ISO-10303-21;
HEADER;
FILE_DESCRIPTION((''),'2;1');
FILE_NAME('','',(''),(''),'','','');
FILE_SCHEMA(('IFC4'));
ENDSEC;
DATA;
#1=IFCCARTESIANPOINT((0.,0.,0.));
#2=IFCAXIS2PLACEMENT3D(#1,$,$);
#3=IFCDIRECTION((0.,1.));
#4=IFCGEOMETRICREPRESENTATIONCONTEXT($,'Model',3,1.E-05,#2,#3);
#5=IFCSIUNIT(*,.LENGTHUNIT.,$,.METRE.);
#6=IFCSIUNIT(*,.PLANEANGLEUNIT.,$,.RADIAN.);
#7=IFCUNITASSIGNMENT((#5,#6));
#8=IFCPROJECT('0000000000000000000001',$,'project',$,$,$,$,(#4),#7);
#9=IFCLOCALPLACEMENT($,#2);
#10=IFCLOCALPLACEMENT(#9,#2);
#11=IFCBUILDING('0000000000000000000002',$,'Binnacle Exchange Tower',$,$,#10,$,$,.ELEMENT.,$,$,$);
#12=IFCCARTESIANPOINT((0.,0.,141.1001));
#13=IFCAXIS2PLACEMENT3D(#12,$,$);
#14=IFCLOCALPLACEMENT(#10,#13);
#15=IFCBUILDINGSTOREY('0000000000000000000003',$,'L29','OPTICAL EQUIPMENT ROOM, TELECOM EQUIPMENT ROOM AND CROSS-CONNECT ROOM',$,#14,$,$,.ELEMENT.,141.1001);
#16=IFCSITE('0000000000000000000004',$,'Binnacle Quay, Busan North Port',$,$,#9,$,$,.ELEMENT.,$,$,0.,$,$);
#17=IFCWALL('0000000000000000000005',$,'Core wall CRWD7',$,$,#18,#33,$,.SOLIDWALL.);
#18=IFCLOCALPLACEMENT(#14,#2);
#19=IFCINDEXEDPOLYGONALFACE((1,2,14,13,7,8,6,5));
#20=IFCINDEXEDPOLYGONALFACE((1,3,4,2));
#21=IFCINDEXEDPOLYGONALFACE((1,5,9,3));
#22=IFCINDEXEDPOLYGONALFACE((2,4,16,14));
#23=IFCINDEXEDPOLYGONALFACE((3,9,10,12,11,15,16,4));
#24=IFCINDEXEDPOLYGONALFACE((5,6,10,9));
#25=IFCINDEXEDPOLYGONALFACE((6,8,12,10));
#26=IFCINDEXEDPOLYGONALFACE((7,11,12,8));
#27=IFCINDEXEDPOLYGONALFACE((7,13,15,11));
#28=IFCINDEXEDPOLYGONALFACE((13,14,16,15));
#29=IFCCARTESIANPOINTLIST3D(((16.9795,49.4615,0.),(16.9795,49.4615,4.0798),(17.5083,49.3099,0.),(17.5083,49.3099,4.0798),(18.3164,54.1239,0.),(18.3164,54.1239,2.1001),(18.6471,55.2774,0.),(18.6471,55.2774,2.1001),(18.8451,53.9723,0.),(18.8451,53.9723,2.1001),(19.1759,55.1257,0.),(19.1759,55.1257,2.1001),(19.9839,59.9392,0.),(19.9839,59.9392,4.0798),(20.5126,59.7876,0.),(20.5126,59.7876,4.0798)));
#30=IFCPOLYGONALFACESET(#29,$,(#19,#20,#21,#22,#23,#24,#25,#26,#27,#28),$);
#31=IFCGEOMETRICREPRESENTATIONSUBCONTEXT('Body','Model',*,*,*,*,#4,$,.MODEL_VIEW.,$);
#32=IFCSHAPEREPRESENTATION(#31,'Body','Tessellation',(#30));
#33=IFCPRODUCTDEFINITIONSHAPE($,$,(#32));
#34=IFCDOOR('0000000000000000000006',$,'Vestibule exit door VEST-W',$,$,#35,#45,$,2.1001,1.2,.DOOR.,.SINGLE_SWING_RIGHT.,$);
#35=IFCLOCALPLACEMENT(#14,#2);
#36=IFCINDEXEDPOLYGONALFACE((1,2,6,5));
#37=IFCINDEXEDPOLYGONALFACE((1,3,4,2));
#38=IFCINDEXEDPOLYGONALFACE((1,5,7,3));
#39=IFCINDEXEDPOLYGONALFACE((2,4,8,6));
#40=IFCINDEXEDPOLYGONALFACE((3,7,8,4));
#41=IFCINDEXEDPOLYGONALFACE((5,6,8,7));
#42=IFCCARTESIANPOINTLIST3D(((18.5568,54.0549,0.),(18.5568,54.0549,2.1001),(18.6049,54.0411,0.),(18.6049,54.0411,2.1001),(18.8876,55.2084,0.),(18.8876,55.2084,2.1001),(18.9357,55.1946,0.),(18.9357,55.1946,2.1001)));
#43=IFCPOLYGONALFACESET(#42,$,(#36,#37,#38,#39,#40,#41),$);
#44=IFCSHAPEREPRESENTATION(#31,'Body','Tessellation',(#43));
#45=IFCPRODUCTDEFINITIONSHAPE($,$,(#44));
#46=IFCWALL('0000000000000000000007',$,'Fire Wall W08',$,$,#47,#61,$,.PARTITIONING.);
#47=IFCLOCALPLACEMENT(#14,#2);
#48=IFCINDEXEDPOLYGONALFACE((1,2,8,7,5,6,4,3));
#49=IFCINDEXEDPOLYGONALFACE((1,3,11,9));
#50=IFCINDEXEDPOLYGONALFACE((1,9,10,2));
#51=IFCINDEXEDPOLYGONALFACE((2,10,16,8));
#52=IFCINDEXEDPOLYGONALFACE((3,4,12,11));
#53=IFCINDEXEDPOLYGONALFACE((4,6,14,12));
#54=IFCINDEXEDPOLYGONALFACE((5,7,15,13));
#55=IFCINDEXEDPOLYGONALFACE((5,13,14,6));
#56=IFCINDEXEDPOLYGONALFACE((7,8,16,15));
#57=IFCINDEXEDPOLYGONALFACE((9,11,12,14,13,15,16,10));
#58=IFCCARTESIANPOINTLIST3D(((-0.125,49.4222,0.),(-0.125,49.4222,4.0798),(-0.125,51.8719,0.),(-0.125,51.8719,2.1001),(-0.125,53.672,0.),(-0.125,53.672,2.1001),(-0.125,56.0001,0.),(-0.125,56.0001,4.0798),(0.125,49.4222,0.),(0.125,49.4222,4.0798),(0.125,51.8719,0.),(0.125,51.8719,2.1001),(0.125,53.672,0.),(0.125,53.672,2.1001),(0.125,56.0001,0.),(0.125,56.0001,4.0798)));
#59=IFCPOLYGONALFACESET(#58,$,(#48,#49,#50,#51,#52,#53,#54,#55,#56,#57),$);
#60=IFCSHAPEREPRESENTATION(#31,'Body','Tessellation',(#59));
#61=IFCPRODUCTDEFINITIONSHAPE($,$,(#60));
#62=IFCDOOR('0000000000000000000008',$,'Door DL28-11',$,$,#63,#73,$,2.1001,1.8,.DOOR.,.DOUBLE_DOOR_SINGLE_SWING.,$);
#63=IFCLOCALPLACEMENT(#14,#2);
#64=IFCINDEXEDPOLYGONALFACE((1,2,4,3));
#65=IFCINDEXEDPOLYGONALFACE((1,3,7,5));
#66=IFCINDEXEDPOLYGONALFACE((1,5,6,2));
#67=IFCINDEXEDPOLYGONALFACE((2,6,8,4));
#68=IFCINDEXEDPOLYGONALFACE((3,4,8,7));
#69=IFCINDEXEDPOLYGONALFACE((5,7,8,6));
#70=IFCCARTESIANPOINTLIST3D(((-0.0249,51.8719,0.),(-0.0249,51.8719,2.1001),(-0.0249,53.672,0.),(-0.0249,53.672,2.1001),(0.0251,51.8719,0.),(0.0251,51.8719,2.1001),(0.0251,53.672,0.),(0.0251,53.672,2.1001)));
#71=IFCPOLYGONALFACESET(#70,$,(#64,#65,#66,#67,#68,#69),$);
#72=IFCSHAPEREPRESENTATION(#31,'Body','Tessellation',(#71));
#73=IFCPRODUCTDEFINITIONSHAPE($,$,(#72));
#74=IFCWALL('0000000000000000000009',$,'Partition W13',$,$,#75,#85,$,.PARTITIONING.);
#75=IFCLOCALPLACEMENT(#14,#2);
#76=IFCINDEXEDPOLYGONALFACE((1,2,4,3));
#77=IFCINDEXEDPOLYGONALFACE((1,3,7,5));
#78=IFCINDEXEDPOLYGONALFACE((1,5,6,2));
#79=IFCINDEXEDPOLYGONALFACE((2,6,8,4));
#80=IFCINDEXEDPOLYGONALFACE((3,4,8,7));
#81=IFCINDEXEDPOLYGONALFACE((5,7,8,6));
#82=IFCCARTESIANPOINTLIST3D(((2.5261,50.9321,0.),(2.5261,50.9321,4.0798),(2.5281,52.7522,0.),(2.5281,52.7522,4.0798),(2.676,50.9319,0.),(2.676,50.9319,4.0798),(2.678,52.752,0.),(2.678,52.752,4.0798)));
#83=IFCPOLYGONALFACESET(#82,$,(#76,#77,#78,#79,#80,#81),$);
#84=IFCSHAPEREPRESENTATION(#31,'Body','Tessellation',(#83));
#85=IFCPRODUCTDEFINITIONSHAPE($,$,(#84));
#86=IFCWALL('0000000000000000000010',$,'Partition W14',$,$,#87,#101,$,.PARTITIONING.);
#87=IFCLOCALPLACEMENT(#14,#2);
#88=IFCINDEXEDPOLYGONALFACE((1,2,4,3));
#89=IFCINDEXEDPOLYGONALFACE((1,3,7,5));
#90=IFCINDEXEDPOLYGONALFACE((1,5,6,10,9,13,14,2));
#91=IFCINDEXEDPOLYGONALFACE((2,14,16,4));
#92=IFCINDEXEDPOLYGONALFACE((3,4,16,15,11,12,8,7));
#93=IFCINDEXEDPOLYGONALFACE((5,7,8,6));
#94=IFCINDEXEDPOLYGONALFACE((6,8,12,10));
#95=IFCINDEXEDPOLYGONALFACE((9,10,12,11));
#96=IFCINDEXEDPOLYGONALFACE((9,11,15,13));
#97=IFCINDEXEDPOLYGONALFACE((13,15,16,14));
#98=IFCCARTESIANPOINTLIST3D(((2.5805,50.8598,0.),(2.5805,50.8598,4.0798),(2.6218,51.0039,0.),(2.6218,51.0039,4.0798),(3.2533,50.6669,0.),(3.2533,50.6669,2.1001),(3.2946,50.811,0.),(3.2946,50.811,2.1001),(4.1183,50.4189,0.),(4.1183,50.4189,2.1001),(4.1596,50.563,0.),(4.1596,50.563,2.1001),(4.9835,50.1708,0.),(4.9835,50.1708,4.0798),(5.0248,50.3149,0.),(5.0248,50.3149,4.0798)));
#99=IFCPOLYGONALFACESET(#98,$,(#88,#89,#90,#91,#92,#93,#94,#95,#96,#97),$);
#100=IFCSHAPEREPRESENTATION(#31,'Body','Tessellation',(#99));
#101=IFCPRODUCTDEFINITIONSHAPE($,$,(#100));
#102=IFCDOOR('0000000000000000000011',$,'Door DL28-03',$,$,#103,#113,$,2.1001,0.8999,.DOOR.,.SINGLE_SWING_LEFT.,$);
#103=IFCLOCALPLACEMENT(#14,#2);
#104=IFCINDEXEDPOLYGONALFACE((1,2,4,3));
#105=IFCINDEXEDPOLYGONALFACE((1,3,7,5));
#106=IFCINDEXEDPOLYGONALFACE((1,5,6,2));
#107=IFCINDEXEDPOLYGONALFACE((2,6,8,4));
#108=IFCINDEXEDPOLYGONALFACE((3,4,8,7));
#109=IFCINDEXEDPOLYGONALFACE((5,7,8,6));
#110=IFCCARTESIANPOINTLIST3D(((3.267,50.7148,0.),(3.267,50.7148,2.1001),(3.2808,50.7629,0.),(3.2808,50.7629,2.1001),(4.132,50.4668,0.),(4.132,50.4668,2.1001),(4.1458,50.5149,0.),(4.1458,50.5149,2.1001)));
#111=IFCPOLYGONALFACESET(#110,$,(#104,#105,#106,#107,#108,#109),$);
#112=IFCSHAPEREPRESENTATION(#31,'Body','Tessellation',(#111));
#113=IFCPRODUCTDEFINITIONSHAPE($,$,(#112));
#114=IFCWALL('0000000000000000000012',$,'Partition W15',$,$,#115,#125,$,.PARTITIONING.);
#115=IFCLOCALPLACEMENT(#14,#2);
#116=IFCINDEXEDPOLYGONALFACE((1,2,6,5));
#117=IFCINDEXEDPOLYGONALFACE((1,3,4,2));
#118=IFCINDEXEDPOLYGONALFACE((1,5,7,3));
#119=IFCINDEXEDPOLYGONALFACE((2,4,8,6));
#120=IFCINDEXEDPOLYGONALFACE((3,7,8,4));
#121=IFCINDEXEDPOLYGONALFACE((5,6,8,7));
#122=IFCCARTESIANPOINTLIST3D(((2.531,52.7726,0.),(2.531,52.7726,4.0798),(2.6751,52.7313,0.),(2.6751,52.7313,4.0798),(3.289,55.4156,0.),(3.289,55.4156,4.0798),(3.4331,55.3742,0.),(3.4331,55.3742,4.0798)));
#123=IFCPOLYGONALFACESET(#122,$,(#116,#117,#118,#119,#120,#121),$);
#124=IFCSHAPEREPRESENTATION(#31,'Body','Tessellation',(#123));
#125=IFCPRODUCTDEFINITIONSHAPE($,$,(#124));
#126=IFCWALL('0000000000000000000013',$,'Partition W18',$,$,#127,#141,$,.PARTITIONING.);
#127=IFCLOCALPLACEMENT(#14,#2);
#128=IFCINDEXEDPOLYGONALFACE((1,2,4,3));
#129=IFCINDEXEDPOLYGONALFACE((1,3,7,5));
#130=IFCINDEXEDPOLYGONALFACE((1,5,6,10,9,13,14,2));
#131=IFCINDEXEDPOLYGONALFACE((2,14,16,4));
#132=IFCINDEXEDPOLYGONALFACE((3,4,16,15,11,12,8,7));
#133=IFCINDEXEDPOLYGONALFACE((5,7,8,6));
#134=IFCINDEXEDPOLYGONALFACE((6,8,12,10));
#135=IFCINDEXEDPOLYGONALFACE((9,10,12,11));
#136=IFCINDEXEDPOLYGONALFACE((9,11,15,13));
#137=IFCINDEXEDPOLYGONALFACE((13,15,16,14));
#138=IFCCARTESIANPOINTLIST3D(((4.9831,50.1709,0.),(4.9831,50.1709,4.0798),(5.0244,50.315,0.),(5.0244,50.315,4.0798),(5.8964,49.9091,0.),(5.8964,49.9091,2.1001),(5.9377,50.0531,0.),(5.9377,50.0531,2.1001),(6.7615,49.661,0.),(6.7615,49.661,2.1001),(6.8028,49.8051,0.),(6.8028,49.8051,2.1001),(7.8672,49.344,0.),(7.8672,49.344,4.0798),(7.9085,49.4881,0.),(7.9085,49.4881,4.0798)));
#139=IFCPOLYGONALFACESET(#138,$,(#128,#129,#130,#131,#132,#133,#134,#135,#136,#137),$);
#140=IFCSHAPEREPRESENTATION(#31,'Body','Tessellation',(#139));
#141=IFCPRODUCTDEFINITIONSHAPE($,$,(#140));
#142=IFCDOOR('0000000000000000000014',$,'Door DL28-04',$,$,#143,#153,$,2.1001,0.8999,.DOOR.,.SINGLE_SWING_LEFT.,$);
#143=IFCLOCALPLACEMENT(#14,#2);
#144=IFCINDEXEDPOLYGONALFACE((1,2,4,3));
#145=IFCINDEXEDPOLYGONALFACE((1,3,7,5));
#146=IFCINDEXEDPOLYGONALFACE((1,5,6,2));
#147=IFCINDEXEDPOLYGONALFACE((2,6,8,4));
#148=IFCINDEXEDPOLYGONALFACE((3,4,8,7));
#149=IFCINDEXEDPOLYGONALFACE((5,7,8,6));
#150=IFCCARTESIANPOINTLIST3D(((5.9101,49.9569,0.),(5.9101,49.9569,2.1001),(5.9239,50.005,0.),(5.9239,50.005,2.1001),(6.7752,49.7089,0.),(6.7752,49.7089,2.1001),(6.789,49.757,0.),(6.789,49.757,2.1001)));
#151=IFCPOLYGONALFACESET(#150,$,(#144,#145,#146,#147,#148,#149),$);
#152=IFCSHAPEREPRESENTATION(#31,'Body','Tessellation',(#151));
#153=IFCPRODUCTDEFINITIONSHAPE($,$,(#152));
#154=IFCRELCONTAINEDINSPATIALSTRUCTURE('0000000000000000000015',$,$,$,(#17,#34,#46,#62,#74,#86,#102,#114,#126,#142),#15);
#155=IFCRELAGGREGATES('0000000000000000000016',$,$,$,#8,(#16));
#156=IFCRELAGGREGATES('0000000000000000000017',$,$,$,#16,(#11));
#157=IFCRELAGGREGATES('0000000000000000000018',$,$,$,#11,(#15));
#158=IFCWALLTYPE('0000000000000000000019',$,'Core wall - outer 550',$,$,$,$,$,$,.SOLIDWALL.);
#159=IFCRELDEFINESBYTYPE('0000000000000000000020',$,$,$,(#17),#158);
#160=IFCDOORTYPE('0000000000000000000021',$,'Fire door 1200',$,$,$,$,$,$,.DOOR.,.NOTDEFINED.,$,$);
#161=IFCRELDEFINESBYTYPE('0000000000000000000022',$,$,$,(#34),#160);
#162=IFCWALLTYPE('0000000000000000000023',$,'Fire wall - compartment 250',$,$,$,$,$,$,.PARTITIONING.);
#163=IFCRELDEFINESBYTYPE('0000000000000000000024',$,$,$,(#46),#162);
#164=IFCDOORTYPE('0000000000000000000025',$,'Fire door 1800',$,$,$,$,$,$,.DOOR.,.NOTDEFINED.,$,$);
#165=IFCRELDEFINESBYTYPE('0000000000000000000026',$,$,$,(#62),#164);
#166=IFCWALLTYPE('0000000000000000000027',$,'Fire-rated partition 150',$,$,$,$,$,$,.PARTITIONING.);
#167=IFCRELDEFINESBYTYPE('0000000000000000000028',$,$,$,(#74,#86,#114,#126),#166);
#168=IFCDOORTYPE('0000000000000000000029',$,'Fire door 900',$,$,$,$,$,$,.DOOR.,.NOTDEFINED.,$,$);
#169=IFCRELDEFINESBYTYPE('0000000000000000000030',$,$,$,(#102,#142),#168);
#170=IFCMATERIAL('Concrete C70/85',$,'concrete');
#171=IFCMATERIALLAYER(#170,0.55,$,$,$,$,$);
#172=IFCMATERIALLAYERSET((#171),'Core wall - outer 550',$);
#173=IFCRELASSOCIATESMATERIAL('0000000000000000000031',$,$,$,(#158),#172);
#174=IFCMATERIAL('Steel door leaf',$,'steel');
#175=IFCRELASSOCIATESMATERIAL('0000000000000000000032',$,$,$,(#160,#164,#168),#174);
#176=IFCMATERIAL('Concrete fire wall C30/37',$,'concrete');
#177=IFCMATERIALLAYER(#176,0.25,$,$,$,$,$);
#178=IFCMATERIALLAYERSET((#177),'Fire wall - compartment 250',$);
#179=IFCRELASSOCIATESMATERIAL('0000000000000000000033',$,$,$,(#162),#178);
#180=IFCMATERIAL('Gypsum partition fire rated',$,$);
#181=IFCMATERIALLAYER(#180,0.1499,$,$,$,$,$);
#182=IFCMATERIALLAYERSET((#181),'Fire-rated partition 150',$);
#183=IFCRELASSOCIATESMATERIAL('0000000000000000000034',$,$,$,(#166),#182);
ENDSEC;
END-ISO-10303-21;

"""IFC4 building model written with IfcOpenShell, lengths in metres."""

from ifc_helpers import new_model, si_unit, direction, frame, frame_2d, origin, place, context, subcontext, project, spatial, rectangle, extrude, material, layer, layer_set, type_object, element, fill, save


model = new_model("IFC4")

# Units and contexts
model_context = context("Model", 3, precision=1e-05, world=origin(), true_north=direction((0.0, 1.0)))
body_context = subcontext(model_context, "Body", "Model", "MODEL_VIEW")
ifc_project = project(units=[si_unit("LENGTHUNIT", "METRE"), si_unit("PLANEANGLEUNIT", "RADIAN")], contexts=[model_context])

# Site, building, storey
site_placement = place(None, origin())
site = spatial("IfcSite", under=ifc_project, at=site_placement, Name="Binnacle Quay, Busan North Port", CompositionType="ELEMENT", RefElevation=0.0)
building_placement = place(site_placement, origin())
building = spatial("IfcBuilding", under=site, at=building_placement, Name="Binnacle Exchange Tower", CompositionType="ELEMENT")
storey_placement = place(building_placement, frame((0.0, 0.0, 141.1001)))
storey = spatial("IfcBuildingStorey", under=building, at=storey_placement, Name="L29", Description="OPTICAL EQUIPMENT ROOM, TELECOM EQUIPMENT ROOM AND CROSS-CONNECT ROOM", CompositionType="ELEMENT", Elevation=141.1001)

# Shared definitions
ifc_material_1 = material(Name="Concrete C70/85", Category="concrete")

# Shared definitions
ifc_layer_1 = layer(ifc_material_1, 0.55)
ifc_layer_set_1 = layer_set([ifc_layer_1], Name="Core wall - outer 550")
wall_type_1 = type_object("IfcWallType", Name="Core wall - outer 550", PredefinedType="SOLIDWALL", material=ifc_layer_set_1)

# Walls, openings, doors
wall_1_placement = place(storey_placement, frame((17.2439, 49.3857, 0.0), z_axis=(0.0, 0.0, 1.0), x_axis=(0.275632, 0.961263, 0.0)))
wall_1 = element("IfcWall", 1, at=wall_1_placement, inside=storey, type_object=wall_type_1, Name="Core wall CRWD7", PredefinedType="SOLIDWALL", context=body_context, shape_type="SweptSolid", body=[
    extrude(rectangle(XDim=10.8999, YDim=0.55, at=frame_2d((5.45, 0.0))), origin(), (0.0, 0.0, 1.0), 4.0798),
])
opening_1_placement = place(wall_1_placement, frame((4.8501, 0.0, 0.0)))
opening_1 = element("IfcOpeningElement", 2, at=opening_1_placement, cuts=wall_1, PredefinedType="OPENING", context=body_context, shape_type="SweptSolid", body=[
    extrude(rectangle(XDim=1.2, YDim=2.1001, at=frame_2d((0.6001, 1.05))), frame((0.0, 0.2849, 0.0), z_axis=(0.0, -1.0, 0.0), x_axis=(1.0, 0.0, 0.0)), (0.0, 0.0, 1.0), 0.5701),
])
ifc_material_2 = material(Name="Steel door leaf", Category="steel")
door_type_1 = type_object("IfcDoorType", Name="Fire door 1200", OperationType="NOTDEFINED", PredefinedType="DOOR", material=ifc_material_2)
door_1_placement = place(opening_1_placement, origin())
door_1 = element("IfcDoor", 3, at=door_1_placement, inside=storey, type_object=door_type_1, Name="Vestibule exit door VEST-W", OperationType="SINGLE_SWING_RIGHT", OverallHeight=2.1001, OverallWidth=1.2, PredefinedType="DOOR", context=body_context, shape_type="SweptSolid", body=[
    extrude(rectangle(XDim=1.2, YDim=2.1001, at=frame_2d((0.6001, 1.05))), frame((0.0, 0.0249, 0.0), z_axis=(0.0, -1.0, 0.0), x_axis=(1.0, 0.0, 0.0)), (0.0, 0.0, 1.0), 0.05),
])
fill(opening_1, door_1)
ifc_material_3 = material(Name="Concrete fire wall C30/37", Category="concrete")
ifc_layer_2 = layer(ifc_material_3, 0.25)
ifc_layer_set_2 = layer_set([ifc_layer_2], Name="Fire wall - compartment 250")
wall_type_2 = type_object("IfcWallType", Name="Fire wall - compartment 250", PredefinedType="PARTITIONING", material=ifc_layer_set_2)
wall_2_placement = place(storey_placement, frame((0.0, 49.4221, 0.0), z_axis=(0.0, 0.0, 1.0), x_axis=(0.0, 1.0, 0.0)))
wall_2 = element("IfcWall", 4, at=wall_2_placement, inside=storey, type_object=wall_type_2, Name="Fire Wall W08", PredefinedType="PARTITIONING", context=body_context, shape_type="SweptSolid", body=[
    extrude(rectangle(XDim=6.5779, YDim=0.25, at=frame_2d((3.2891, 0.0))), origin(), (0.0, 0.0, 1.0), 4.0798),
])
opening_2_placement = place(wall_2_placement, frame((2.45, 0.0, 0.0)))
opening_2 = element("IfcOpeningElement", 5, at=opening_2_placement, cuts=wall_2, PredefinedType="OPENING", context=body_context, shape_type="SweptSolid", body=[
    extrude(rectangle(XDim=1.8, YDim=2.1001, at=frame_2d((0.8999, 1.05))), frame((0.0, 0.135, 0.0), z_axis=(0.0, -1.0, 0.0), x_axis=(1.0, 0.0, 0.0)), (0.0, 0.0, 1.0), 0.27),
])
door_type_2 = type_object("IfcDoorType", Name="Fire door 1800", OperationType="NOTDEFINED", PredefinedType="DOOR", material=ifc_material_2)
door_2_placement = place(opening_2_placement, origin())
door_2 = element("IfcDoor", 6, at=door_2_placement, inside=storey, type_object=door_type_2, Name="Door DL28-11", OperationType="DOUBLE_DOOR_SINGLE_SWING", OverallHeight=2.1001, OverallWidth=1.8, PredefinedType="DOOR", context=body_context, shape_type="SweptSolid", body=[
    extrude(rectangle(XDim=1.8, YDim=2.1001, at=frame_2d((0.8999, 1.05))), frame((0.0, 0.0249, 0.0), z_axis=(0.0, -1.0, 0.0), x_axis=(1.0, 0.0, 0.0)), (0.0, 0.0, 1.0), 0.05),
])
fill(opening_2, door_2)

# Wall
ifc_material_4 = material(Name="Gypsum partition fire rated")
ifc_layer_3 = layer(ifc_material_4, 0.1499)
ifc_layer_set_3 = layer_set([ifc_layer_3], Name="Fire-rated partition 150")
wall_type_3 = type_object("IfcWallType", Name="Fire-rated partition 150", PredefinedType="PARTITIONING", material=ifc_layer_set_3)
wall_3_placement = place(storey_placement, frame((2.6011, 50.9319, 0.0), z_axis=(0.0, 0.0, 1.0), x_axis=(0.001073, 0.999999, 0.0)))
element("IfcWall", 7, at=wall_3_placement, inside=storey, type_object=wall_type_3, Name="Partition W13", PredefinedType="PARTITIONING", context=body_context, shape_type="SweptSolid", body=[
    extrude(rectangle(XDim=1.8201, YDim=0.1499, at=frame_2d((0.9102, 0.0))), origin(), (0.0, 0.0, 1.0), 4.0798),
])

# Wall, opening, door
wall_4_placement = place(storey_placement, frame((2.6011, 50.9319, 0.0), z_axis=(0.0, 0.0, 1.0), x_axis=(0.961266, -0.275624, 0.0)))
wall_4 = element("IfcWall", 8, at=wall_4_placement, inside=storey, type_object=wall_type_3, Name="Partition W14", PredefinedType="PARTITIONING", context=body_context, shape_type="SweptSolid", body=[
    extrude(rectangle(XDim=2.4998, YDim=0.1499, at=frame_2d((1.25, 0.0))), origin(), (0.0, 0.0, 1.0), 4.0798),
])
opening_3_placement = place(wall_4_placement, frame((0.7, 0.0, 0.0)))
opening_3 = element("IfcOpeningElement", 9, at=opening_3_placement, cuts=wall_4, PredefinedType="OPENING", context=body_context, shape_type="SweptSolid", body=[
    extrude(rectangle(XDim=0.8999, YDim=2.1001, at=frame_2d((0.45, 1.05))), frame((0.0, 0.085, 0.0), z_axis=(0.0, -1.0, 0.0), x_axis=(1.0, 0.0, 0.0)), (0.0, 0.0, 1.0), 0.1699),
])
door_type_3 = type_object("IfcDoorType", Name="Fire door 900", OperationType="NOTDEFINED", PredefinedType="DOOR", material=ifc_material_2)
door_3_placement = place(opening_3_placement, origin())
door_3 = element("IfcDoor", 10, at=door_3_placement, inside=storey, type_object=door_type_3, Name="Door DL28-03", OperationType="SINGLE_SWING_LEFT", OverallHeight=2.1001, OverallWidth=0.8999, PredefinedType="DOOR", context=body_context, shape_type="SweptSolid", body=[
    extrude(rectangle(XDim=0.8999, YDim=2.1001, at=frame_2d((0.45, 1.05))), frame((0.0, 0.0249, 0.0), z_axis=(0.0, -1.0, 0.0), x_axis=(1.0, 0.0, 0.0)), (0.0, 0.0, 1.0), 0.05),
])
fill(opening_3, door_3)

# Wall
wall_5_placement = place(storey_placement, frame((2.603, 52.752, 0.0), z_axis=(0.0, 0.0, 1.0), x_axis=(0.275694, 0.961245, 0.0)))
element("IfcWall", 11, at=wall_5_placement, inside=storey, type_object=wall_type_3, Name="Partition W15", PredefinedType="PARTITIONING", context=body_context, shape_type="SweptSolid", body=[
    extrude(rectangle(XDim=2.7495, YDim=0.1499, at=frame_2d((1.3748, 0.0))), origin(), (0.0, 0.0, 1.0), 4.0798),
])

# Wall, opening, door
wall_6_placement = place(storey_placement, frame((5.0039, 50.2429, 0.0), z_axis=(0.0, 0.0, 1.0), x_axis=(0.961269, -0.275613, 0.0)))
wall_6 = element("IfcWall", 12, at=wall_6_placement, inside=storey, type_object=wall_type_3, Name="Partition W18", PredefinedType="PARTITIONING", context=body_context, shape_type="SweptSolid", body=[
    extrude(rectangle(XDim=3.0002, YDim=0.1499, at=frame_2d((1.5, 0.0))), origin(), (0.0, 0.0, 1.0), 4.0798),
])
opening_4_placement = place(wall_6_placement, frame((0.95, 0.0, 0.0)))
opening_4 = element("IfcOpeningElement", 13, at=opening_4_placement, cuts=wall_6, PredefinedType="OPENING", context=body_context, shape_type="SweptSolid", body=[
    extrude(rectangle(XDim=0.8999, YDim=2.1001, at=frame_2d((0.45, 1.05))), frame((0.0, 0.085, 0.0), z_axis=(0.0, -1.0, 0.0), x_axis=(1.0, 0.0, 0.0)), (0.0, 0.0, 1.0), 0.1699),
])
door_4_placement = place(opening_4_placement, origin())
door_4 = element("IfcDoor", 14, at=door_4_placement, inside=storey, type_object=door_type_3, Name="Door DL28-04", OperationType="SINGLE_SWING_LEFT", OverallHeight=2.1001, OverallWidth=0.8999, PredefinedType="DOOR", context=body_context, shape_type="SweptSolid", body=[
    extrude(rectangle(XDim=0.8999, YDim=2.1001, at=frame_2d((0.45, 1.05))), frame((0.0, 0.0249, 0.0), z_axis=(0.0, -1.0, 0.0), x_axis=(1.0, 0.0, 0.0)), (0.0, 0.0, 1.0), 0.05),
])
fill(opening_4, door_4)

save(model, "model.ifc")
